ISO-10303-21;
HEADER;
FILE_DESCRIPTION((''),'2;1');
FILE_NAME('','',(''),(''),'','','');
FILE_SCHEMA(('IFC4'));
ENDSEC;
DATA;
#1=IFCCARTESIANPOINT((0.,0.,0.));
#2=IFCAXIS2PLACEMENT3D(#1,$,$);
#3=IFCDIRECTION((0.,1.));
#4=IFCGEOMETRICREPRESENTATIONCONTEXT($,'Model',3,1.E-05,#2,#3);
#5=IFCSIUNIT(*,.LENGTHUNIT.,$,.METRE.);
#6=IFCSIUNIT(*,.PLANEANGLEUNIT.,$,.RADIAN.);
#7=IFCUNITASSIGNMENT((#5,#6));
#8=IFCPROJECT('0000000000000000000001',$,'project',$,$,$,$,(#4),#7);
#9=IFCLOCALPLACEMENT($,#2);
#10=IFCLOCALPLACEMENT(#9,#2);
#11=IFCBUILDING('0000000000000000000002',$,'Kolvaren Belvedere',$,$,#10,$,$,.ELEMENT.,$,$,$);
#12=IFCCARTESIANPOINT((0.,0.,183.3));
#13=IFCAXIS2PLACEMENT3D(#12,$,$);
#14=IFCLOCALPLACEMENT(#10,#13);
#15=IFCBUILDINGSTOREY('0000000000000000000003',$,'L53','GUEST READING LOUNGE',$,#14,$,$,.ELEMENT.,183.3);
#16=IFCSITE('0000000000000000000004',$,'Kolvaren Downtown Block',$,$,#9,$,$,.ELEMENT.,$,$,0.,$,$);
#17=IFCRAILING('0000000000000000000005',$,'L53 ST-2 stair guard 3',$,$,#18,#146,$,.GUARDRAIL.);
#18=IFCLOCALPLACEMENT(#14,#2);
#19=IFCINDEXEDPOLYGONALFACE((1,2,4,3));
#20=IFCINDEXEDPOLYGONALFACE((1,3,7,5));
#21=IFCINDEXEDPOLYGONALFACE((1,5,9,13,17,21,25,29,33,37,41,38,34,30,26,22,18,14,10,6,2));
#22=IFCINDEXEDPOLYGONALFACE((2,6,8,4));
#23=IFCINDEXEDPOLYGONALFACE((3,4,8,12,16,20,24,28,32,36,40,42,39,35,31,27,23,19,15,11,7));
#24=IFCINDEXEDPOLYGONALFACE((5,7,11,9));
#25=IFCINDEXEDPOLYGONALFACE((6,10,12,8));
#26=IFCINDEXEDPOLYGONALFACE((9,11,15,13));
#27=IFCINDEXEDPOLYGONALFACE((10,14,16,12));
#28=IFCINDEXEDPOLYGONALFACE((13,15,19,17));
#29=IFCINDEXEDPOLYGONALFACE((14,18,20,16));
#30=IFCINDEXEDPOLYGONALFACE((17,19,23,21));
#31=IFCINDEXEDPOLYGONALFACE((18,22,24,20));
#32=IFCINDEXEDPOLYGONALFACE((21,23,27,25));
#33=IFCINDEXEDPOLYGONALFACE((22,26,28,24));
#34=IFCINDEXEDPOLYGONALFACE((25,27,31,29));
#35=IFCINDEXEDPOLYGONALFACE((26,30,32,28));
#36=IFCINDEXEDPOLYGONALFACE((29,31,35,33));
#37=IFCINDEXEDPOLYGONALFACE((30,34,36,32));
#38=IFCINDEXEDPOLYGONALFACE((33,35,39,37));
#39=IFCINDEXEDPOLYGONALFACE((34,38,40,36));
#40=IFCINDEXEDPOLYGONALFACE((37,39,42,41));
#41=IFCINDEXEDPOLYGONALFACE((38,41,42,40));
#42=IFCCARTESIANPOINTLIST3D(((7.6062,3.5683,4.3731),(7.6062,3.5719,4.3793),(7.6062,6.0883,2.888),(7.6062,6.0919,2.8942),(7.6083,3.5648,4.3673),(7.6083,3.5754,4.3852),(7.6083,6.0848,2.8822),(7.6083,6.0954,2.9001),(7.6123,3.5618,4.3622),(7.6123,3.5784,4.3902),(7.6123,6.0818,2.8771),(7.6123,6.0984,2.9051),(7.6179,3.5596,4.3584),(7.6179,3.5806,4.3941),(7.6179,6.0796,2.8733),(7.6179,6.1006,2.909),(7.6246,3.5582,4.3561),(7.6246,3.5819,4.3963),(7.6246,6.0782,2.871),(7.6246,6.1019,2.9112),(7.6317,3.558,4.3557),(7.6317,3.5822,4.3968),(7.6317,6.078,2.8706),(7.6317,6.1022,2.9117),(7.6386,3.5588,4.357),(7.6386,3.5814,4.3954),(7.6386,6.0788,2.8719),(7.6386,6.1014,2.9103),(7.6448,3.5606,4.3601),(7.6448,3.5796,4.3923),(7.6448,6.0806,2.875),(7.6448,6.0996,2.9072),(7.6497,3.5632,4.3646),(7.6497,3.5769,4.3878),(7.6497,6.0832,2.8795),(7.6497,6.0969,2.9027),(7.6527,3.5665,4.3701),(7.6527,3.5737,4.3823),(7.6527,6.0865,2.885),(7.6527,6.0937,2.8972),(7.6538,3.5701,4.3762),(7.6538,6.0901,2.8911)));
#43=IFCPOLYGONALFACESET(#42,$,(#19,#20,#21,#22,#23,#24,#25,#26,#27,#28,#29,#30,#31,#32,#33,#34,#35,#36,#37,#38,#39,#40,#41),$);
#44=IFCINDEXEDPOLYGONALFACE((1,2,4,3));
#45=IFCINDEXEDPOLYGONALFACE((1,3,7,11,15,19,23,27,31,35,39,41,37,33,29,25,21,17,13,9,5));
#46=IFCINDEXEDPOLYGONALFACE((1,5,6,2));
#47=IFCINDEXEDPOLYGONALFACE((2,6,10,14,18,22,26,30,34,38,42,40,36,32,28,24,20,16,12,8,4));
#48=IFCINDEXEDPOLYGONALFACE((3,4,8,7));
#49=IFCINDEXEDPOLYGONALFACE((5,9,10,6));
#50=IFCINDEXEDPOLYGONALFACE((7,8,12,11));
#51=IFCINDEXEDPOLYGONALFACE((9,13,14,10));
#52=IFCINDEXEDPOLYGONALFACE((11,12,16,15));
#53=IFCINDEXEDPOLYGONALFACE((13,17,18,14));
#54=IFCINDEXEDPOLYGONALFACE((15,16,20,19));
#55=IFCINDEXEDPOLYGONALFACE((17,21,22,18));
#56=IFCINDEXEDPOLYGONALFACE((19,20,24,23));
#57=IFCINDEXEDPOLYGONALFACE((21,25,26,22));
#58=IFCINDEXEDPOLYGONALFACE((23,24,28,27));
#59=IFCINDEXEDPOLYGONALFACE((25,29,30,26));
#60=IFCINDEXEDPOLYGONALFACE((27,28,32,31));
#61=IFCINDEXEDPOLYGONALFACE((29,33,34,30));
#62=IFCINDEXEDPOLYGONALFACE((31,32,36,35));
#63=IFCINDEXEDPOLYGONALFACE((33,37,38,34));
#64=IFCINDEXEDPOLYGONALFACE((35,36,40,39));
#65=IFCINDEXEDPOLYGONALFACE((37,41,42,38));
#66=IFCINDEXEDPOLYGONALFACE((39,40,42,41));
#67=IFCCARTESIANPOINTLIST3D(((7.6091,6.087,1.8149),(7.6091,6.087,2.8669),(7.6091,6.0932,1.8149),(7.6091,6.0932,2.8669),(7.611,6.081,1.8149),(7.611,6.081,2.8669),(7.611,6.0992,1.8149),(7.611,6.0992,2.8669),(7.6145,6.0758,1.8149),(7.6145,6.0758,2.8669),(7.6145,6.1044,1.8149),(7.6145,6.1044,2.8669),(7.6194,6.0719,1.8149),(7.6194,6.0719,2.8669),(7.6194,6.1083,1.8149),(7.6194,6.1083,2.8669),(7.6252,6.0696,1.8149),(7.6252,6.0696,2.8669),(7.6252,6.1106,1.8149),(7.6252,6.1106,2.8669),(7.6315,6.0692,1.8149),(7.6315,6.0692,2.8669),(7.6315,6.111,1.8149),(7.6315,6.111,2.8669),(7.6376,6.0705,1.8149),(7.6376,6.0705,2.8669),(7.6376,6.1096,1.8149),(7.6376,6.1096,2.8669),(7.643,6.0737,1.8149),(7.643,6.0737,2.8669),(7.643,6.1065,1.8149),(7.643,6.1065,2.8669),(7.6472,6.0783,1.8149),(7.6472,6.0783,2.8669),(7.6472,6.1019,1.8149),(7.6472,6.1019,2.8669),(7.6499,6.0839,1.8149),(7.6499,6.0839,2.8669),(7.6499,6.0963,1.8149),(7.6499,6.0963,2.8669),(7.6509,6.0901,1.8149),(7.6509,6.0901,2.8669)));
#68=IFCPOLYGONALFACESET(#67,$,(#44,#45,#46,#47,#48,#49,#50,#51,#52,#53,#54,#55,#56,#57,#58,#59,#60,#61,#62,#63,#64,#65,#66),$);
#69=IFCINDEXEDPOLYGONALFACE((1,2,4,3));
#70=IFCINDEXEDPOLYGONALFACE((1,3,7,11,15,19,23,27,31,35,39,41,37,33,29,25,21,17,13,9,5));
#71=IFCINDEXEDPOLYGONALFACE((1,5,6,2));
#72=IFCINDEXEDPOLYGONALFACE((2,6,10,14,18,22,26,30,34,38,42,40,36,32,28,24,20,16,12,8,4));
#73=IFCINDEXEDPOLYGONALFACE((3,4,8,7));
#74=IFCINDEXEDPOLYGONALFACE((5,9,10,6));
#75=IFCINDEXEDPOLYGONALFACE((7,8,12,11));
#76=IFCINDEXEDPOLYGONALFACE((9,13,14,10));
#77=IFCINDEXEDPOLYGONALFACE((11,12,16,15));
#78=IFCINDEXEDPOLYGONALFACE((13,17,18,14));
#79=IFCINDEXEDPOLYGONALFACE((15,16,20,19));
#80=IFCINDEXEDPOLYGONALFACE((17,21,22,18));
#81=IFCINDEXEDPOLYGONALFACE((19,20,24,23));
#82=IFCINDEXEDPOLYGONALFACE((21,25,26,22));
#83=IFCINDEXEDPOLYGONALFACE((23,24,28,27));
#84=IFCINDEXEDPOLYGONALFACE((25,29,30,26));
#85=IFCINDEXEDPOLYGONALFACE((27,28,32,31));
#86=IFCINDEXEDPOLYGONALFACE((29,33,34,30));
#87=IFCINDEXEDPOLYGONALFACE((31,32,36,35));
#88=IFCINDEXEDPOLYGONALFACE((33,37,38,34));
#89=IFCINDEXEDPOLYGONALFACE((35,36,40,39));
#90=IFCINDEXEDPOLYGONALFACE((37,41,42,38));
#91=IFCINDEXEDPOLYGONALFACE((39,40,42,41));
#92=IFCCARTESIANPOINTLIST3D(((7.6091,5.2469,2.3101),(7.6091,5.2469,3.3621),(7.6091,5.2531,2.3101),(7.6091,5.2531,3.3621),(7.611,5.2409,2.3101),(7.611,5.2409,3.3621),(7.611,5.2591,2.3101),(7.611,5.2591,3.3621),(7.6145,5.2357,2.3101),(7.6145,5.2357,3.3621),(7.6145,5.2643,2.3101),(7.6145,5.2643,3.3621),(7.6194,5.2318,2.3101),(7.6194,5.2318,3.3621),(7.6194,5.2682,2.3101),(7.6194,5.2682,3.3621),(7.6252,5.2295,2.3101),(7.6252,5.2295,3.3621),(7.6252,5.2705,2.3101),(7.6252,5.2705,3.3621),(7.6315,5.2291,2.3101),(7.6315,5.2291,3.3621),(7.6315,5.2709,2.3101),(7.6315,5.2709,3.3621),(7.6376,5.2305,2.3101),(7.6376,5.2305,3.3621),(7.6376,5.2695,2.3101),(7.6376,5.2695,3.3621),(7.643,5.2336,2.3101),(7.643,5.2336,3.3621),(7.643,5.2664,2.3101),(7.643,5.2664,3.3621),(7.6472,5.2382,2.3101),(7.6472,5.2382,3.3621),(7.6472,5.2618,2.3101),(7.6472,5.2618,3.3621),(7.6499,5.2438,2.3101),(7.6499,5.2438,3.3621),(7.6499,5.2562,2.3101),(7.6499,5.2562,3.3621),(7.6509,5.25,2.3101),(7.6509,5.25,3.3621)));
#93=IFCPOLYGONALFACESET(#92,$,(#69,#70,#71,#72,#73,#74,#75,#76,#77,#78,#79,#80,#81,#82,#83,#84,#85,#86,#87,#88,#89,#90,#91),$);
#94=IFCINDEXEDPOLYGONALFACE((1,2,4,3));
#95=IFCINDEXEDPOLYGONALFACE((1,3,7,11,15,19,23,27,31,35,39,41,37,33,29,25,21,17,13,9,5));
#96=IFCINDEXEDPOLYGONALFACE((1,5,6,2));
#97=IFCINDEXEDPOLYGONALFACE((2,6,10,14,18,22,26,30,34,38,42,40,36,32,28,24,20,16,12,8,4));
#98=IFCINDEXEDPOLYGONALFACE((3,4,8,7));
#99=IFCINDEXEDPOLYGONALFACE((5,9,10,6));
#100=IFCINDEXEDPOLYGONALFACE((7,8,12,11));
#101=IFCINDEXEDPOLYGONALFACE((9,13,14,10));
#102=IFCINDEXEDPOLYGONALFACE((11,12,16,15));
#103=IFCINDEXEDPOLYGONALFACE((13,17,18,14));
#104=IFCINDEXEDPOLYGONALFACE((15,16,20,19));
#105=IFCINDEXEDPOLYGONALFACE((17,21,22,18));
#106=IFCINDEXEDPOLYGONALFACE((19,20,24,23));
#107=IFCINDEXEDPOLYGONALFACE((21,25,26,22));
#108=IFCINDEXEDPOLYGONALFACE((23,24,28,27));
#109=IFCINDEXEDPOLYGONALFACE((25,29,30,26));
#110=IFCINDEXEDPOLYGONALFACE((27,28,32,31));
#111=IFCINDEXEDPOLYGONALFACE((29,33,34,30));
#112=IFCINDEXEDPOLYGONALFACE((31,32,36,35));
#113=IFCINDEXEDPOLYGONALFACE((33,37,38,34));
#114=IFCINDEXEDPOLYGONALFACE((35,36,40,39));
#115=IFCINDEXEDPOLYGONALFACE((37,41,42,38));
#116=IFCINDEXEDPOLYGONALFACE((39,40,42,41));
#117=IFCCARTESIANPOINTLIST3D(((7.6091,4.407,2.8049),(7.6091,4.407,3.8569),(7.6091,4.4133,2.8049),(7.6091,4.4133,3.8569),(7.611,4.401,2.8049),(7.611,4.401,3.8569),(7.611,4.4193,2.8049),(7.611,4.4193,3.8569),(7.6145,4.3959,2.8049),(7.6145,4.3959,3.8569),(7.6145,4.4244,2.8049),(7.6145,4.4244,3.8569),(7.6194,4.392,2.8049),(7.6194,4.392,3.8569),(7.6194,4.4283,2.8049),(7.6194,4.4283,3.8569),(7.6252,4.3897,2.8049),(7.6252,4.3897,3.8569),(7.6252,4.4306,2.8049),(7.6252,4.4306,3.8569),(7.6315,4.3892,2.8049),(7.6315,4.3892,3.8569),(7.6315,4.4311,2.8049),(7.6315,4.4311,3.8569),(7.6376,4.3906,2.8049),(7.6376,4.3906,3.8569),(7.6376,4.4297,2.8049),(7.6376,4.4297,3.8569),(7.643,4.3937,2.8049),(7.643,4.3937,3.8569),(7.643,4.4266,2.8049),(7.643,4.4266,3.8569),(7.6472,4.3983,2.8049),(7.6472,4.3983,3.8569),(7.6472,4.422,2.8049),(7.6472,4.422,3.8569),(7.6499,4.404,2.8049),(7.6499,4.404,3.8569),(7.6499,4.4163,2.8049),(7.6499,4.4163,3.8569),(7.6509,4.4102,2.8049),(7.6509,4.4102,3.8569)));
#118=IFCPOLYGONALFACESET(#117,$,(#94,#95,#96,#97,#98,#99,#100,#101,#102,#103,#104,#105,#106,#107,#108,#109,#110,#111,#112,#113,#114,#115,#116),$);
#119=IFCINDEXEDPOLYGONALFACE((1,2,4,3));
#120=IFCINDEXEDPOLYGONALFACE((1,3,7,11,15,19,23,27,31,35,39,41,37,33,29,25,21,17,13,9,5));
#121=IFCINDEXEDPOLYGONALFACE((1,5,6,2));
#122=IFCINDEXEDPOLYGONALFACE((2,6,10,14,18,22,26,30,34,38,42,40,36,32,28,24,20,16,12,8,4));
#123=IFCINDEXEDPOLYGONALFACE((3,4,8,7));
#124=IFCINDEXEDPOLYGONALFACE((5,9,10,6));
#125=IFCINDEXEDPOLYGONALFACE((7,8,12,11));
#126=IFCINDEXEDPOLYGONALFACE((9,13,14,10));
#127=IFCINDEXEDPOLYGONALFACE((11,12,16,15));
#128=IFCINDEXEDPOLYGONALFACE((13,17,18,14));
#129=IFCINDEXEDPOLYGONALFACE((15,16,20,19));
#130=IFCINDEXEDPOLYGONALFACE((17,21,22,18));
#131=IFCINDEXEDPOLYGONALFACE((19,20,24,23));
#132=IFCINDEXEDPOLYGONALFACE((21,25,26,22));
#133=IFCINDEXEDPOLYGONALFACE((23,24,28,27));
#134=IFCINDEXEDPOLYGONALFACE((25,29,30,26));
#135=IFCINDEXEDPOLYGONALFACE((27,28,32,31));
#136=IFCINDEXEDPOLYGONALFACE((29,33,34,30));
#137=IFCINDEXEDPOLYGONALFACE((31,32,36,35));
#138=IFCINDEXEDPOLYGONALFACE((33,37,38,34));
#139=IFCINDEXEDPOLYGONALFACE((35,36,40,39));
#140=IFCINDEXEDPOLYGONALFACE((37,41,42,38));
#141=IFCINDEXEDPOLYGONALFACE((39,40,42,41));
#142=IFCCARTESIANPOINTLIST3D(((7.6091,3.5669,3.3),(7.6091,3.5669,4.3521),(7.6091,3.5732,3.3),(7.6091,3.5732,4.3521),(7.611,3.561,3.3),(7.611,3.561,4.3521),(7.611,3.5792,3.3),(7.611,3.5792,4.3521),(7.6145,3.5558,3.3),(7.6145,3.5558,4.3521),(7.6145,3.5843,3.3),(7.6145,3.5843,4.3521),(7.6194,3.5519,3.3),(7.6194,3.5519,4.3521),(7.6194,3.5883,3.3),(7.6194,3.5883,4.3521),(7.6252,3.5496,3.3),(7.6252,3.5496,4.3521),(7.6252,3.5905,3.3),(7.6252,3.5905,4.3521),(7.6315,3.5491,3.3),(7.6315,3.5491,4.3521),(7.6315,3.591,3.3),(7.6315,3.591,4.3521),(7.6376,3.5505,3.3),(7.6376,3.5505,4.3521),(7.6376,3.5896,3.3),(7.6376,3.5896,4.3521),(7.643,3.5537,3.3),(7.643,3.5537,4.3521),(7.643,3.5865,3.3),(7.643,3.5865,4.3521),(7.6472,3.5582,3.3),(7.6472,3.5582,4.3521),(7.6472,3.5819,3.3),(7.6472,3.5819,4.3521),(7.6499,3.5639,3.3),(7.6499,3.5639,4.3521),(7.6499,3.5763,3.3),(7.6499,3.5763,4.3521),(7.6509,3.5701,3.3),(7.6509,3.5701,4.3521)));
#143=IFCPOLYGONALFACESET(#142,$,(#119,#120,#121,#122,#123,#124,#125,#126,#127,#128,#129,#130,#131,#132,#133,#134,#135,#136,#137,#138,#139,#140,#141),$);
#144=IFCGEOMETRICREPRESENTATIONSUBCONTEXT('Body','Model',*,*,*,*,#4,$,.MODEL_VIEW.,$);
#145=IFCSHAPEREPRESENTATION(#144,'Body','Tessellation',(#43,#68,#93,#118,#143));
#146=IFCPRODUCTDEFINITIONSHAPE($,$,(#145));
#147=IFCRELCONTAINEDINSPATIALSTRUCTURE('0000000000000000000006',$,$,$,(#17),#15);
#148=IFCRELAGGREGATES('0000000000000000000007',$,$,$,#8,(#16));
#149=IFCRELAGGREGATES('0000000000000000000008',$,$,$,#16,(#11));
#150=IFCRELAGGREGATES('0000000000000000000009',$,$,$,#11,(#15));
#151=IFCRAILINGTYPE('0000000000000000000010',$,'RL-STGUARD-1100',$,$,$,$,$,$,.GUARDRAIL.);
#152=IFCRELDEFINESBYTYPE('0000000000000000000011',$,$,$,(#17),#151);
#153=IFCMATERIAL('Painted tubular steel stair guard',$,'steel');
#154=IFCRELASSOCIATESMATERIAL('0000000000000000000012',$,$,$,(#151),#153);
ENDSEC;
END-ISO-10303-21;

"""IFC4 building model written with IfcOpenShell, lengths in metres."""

from ifc_helpers import new_model, si_unit, direction, frame, origin, origin_2d, place, context, subcontext, project, spatial, circle, extrude, material, type_object, element, save


model = new_model("IFC4")

# Units and contexts
model_context = context("Model", 3, precision=1e-05, world=origin(), true_north=direction((0.0, 1.0)))
body_context = subcontext(model_context, "Body", "Model", "MODEL_VIEW")
ifc_project = project(units=[si_unit("LENGTHUNIT", "METRE"), si_unit("PLANEANGLEUNIT", "RADIAN")], contexts=[model_context])

# Site, building, storey
site_placement = place(None, origin())
site = spatial("IfcSite", under=ifc_project, at=site_placement, Name="Kolvaren Downtown Block", CompositionType="ELEMENT", RefElevation=0.0)
building_placement = place(site_placement, origin())
building = spatial("IfcBuilding", under=site, at=building_placement, Name="Kolvaren Belvedere", CompositionType="ELEMENT")
storey_placement = place(building_placement, frame((0.0, 0.0, 183.3)))
storey = spatial("IfcBuildingStorey", under=building, at=storey_placement, Name="L53", Description="GUEST READING LOUNGE", CompositionType="ELEMENT", Elevation=183.3)

# Railing
ifc_material_1 = material(Name="Painted tubular steel stair guard", Category="steel")
railing_type_1 = type_object("IfcRailingType", Name="RL-STGUARD-1100", PredefinedType="GUARDRAIL", material=ifc_material_1)
railing_1_placement = place(storey_placement, frame((7.6299, 6.0901, 1.8149)))
element("IfcRailing", 1, at=railing_1_placement, inside=storey, type_object=railing_type_1, Name="L53 ST-2 stair guard 3", PredefinedType="GUARDRAIL", context=body_context, shape_type="SweptSolid", body=[
    extrude(circle(Radius=0.0239, at=origin_2d()), frame((0.0, 0.0, 1.0762), z_axis=(0.0, -0.861524, 0.507717), x_axis=(1.0, 0.0, 0.0)), (0.0, 0.0, 1.0), 2.925),
    extrude(circle(Radius=0.021, at=origin_2d()), origin(), (0.0, 0.0, 1.0), 1.052),
    extrude(circle(Radius=0.021, at=origin_2d()), frame((0.0, -0.8401, 0.4951)), (0.0, 0.0, 1.0), 1.052),
    extrude(circle(Radius=0.021, at=origin_2d()), frame((0.0, -1.6799, 0.99)), (0.0, 0.0, 1.0), 1.052),
    extrude(circle(Radius=0.021, at=origin_2d()), frame((0.0, -2.52, 1.4851)), (0.0, 0.0, 1.0), 1.052),
])

save(model, "model.ifc")
